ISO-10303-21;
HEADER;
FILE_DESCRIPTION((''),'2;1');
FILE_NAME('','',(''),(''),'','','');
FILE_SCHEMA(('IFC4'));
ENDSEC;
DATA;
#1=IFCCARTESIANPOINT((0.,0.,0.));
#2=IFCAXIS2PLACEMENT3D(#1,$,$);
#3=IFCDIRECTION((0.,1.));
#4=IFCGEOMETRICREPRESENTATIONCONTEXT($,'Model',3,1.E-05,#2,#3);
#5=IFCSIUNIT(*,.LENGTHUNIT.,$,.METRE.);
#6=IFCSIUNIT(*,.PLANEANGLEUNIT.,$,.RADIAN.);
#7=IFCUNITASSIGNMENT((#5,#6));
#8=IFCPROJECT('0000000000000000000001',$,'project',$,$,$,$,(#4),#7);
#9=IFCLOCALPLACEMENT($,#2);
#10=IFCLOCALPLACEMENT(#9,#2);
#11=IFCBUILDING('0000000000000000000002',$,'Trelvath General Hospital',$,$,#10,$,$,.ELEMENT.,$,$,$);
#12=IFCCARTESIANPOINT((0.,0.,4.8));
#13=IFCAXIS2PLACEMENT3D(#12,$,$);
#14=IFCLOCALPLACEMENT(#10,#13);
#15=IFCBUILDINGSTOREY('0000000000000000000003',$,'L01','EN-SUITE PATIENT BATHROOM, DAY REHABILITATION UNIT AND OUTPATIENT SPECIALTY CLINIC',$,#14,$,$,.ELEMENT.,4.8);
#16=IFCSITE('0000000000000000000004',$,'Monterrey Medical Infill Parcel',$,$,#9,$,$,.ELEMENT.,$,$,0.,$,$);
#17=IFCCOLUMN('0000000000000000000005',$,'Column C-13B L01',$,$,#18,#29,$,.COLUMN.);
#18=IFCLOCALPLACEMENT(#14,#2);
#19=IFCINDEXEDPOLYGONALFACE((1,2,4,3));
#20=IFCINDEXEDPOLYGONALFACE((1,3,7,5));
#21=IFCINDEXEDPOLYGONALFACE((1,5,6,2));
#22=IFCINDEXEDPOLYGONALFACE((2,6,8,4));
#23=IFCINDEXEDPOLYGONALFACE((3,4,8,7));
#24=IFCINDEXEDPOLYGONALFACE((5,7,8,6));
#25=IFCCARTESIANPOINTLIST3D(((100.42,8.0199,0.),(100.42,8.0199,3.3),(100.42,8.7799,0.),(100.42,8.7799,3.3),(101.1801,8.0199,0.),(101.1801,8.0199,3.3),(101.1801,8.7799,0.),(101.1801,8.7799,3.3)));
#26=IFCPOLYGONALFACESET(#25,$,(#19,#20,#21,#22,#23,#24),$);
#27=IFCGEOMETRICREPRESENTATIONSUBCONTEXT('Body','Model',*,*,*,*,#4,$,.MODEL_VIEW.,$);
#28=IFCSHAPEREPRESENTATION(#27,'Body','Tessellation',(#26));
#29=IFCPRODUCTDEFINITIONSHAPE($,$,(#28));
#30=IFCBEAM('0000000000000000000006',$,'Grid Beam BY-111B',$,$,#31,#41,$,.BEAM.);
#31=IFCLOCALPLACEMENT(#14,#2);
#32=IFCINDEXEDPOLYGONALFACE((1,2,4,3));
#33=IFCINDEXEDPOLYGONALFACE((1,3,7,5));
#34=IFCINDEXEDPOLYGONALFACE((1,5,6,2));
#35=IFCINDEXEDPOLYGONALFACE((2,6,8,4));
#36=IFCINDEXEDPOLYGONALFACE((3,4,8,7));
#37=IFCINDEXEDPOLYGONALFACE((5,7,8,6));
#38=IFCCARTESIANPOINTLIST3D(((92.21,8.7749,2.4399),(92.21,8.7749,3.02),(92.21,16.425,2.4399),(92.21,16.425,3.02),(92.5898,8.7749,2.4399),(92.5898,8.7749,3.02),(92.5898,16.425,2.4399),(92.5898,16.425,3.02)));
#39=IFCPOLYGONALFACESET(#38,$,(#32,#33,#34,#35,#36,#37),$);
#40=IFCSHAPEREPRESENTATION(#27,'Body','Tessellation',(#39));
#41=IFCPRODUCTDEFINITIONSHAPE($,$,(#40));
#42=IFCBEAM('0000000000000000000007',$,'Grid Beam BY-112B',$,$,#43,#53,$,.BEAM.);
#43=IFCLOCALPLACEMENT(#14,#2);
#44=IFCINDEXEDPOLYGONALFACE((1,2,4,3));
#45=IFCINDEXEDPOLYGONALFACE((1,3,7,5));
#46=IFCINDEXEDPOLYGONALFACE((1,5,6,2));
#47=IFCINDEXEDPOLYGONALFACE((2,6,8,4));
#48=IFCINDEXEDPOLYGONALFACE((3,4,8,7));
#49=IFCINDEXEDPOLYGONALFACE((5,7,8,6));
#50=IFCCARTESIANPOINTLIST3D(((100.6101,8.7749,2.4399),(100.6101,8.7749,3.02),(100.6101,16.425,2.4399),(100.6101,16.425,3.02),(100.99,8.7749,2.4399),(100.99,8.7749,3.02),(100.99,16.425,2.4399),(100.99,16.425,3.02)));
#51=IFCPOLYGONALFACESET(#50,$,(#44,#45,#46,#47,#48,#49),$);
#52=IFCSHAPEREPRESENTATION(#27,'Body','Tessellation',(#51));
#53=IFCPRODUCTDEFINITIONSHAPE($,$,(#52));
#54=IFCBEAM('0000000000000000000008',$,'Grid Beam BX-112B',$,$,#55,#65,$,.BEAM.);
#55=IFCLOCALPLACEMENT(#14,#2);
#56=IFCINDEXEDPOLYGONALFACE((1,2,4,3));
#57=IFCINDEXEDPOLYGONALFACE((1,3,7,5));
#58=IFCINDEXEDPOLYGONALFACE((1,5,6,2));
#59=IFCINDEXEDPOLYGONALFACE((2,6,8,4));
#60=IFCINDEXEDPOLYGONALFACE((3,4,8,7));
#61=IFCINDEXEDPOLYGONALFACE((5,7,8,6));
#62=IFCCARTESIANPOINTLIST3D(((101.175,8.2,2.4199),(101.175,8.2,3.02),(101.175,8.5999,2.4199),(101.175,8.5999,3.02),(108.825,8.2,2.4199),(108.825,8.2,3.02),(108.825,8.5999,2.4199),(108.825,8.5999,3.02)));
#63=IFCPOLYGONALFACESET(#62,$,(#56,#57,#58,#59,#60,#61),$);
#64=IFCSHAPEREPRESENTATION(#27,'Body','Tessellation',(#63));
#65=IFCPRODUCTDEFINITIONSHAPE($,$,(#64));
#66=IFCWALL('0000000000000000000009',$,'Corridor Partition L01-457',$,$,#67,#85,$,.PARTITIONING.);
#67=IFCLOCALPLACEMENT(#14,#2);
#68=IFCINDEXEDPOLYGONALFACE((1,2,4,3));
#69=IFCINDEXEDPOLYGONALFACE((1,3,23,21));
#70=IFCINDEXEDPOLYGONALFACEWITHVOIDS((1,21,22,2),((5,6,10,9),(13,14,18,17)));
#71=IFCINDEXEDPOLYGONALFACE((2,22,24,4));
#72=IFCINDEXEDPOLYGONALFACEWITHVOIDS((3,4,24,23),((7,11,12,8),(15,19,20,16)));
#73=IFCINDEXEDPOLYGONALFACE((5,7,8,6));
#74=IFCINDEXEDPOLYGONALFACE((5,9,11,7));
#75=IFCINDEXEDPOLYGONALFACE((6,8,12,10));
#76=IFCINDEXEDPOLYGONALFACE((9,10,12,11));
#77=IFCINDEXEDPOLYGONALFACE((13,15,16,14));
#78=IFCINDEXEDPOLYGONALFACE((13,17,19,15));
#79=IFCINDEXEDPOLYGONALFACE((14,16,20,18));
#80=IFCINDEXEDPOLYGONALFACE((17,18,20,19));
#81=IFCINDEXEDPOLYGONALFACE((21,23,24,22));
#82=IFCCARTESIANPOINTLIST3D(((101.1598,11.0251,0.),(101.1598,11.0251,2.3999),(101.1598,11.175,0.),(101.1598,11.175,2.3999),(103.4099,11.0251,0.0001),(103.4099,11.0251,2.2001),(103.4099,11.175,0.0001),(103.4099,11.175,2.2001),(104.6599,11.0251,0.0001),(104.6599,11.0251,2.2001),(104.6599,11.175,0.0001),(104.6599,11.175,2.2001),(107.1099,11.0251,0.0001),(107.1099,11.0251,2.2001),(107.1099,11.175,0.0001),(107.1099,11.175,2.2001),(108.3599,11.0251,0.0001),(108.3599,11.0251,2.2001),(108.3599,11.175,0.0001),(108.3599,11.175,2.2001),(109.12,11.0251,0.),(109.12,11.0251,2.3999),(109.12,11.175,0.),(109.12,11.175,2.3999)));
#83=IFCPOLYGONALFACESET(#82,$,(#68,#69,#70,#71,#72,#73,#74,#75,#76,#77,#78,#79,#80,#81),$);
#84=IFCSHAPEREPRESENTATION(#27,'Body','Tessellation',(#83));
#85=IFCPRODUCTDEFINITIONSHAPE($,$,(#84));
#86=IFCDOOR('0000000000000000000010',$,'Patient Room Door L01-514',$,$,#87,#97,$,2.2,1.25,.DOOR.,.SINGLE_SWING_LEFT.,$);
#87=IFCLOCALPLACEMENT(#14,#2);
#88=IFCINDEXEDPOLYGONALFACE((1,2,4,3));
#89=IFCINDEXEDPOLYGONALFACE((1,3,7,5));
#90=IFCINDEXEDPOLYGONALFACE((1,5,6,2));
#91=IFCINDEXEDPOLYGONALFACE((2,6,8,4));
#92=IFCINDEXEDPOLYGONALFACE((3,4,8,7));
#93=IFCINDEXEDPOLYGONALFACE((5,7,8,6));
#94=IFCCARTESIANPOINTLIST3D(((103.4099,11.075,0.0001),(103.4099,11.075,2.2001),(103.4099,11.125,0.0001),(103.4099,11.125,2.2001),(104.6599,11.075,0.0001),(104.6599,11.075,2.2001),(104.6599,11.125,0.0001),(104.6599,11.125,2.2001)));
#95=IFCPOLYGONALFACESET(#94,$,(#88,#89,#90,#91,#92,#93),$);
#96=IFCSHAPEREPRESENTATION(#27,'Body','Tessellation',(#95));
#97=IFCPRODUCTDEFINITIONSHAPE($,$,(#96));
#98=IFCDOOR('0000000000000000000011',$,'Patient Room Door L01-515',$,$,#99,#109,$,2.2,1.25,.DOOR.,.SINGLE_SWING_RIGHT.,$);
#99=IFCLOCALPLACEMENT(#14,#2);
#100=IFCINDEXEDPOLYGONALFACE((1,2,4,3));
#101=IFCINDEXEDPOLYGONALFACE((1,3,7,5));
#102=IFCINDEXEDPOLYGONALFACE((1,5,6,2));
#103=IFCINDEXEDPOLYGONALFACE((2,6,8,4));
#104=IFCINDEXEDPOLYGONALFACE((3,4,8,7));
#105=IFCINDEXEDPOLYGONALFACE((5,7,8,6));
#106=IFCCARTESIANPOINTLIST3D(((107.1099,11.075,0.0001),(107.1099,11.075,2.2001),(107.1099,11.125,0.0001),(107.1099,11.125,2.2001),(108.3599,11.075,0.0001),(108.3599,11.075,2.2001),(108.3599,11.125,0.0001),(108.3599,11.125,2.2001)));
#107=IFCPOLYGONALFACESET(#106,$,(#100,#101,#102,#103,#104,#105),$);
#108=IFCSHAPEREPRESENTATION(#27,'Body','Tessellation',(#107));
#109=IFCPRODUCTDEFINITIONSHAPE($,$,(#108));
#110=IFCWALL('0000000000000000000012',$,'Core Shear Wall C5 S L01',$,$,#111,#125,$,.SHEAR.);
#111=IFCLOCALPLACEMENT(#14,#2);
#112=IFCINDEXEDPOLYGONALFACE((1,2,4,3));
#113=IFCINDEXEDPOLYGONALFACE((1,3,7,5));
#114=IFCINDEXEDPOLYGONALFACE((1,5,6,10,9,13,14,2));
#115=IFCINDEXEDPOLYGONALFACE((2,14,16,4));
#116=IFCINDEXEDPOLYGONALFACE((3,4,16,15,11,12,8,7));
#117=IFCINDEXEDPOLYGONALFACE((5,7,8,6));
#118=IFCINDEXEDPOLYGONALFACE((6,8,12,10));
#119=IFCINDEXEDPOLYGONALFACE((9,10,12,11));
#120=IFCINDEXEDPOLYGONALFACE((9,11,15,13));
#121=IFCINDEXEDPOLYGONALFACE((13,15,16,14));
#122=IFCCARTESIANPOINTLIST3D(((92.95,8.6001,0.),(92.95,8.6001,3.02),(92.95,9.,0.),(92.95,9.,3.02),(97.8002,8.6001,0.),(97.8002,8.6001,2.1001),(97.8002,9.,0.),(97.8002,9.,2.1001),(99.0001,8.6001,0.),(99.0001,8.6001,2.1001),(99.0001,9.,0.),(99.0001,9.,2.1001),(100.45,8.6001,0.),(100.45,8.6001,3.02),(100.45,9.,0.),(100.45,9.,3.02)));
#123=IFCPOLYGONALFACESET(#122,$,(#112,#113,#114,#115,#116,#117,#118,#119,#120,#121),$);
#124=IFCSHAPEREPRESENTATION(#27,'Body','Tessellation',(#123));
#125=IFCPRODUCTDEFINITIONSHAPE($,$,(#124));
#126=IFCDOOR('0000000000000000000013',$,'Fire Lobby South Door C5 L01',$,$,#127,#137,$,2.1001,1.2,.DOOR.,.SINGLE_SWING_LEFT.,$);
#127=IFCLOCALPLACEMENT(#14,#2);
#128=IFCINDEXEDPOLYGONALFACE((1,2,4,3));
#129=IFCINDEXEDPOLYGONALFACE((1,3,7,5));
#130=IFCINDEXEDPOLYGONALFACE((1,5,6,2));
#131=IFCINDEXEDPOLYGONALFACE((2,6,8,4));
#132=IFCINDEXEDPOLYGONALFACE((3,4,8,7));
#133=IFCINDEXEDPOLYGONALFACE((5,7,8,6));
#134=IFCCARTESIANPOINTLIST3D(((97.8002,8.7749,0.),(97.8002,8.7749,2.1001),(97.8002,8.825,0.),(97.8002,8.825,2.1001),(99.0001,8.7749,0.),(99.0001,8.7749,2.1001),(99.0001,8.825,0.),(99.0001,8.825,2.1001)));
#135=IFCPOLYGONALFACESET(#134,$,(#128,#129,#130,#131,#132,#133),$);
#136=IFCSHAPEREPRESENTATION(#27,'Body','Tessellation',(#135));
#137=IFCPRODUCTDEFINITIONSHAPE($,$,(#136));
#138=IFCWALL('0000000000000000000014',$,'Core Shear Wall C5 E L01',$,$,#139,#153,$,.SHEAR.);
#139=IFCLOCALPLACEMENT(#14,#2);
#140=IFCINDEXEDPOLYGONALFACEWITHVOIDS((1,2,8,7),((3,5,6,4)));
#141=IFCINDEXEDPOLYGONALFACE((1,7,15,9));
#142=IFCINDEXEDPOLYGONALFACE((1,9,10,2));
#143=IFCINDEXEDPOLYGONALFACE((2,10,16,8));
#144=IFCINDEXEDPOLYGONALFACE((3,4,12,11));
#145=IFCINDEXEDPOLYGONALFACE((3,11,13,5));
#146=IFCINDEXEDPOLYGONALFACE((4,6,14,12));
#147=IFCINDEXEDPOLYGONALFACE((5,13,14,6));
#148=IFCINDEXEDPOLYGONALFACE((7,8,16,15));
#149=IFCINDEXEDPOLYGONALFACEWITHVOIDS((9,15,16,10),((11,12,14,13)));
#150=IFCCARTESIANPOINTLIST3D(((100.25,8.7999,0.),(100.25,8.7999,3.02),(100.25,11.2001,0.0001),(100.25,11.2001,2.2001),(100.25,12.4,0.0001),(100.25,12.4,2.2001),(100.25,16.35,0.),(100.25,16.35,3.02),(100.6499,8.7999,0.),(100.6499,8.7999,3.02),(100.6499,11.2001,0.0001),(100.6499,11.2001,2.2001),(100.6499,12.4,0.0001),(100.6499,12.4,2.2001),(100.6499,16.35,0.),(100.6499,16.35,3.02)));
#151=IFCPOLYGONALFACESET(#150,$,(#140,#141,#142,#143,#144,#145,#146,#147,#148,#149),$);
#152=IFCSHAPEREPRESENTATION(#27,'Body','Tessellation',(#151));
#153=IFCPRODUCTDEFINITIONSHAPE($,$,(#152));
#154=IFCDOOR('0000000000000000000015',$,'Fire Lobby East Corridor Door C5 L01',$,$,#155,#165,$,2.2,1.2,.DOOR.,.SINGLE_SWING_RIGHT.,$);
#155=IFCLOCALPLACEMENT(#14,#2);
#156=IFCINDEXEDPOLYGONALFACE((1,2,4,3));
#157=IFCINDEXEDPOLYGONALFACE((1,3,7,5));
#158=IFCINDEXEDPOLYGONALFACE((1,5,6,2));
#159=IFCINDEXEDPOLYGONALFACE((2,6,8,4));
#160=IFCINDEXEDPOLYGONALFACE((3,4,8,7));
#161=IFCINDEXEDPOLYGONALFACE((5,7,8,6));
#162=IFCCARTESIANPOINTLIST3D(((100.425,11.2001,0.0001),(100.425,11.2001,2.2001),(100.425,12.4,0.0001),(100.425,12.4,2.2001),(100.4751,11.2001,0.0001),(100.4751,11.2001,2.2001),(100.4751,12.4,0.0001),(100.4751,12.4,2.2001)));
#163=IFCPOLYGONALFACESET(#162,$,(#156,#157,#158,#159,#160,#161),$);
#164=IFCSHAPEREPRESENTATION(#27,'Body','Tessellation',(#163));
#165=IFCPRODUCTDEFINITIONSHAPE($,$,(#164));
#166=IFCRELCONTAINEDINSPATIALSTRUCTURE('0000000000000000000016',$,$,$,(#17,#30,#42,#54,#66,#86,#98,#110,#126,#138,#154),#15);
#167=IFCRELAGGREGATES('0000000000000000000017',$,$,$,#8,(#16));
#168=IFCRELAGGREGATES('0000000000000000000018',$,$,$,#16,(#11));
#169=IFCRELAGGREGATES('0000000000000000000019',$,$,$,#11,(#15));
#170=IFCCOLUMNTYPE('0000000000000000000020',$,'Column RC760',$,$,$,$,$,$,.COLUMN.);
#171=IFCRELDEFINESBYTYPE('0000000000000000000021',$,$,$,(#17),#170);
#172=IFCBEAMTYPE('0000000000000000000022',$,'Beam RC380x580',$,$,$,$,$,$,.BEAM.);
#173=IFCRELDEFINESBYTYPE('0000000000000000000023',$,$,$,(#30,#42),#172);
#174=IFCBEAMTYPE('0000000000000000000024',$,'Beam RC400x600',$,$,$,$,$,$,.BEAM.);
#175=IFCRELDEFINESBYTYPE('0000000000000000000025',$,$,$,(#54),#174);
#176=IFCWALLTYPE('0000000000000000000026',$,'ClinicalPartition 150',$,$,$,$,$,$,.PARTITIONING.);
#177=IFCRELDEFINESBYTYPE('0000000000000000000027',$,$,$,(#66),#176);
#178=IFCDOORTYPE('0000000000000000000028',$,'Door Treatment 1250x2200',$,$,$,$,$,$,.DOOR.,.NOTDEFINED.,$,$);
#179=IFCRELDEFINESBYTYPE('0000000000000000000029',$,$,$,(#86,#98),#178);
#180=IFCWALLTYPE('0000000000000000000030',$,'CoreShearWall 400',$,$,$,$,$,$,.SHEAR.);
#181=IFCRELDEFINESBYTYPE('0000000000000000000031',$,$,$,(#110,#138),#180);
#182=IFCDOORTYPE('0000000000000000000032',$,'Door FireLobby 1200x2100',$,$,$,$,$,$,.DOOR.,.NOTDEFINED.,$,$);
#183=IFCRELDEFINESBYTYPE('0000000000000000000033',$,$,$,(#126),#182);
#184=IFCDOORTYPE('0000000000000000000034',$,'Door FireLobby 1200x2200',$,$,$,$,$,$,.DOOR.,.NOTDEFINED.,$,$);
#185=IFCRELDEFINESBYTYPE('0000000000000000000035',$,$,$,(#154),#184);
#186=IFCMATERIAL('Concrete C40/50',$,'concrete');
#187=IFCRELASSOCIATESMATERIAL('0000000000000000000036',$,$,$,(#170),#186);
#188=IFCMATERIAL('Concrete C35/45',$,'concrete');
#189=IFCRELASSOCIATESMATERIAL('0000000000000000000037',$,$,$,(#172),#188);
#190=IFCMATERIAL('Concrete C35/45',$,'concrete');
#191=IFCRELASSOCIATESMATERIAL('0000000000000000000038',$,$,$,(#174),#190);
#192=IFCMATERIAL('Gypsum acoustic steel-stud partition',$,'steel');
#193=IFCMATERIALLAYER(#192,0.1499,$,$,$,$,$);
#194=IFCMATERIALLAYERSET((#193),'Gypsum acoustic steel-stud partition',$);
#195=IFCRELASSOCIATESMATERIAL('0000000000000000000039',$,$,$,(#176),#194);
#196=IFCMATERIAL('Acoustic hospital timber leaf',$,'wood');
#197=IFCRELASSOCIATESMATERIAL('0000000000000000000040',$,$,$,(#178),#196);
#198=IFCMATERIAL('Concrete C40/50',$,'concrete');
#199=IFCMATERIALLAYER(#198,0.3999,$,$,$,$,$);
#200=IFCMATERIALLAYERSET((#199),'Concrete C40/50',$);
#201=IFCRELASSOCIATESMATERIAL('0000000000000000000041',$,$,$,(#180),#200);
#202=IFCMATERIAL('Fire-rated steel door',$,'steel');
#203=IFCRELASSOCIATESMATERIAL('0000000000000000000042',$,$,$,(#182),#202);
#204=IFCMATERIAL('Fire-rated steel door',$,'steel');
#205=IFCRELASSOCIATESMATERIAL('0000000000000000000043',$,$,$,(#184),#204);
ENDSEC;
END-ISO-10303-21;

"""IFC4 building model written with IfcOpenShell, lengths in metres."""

from ifc_helpers import new_model, si_unit, direction, frame, frame_2d, origin, origin_2d, place, context, subcontext, project, spatial, rectangle, extrude, material, layer, layer_set, material_profile, profile_set, type_object, element, fill, save


model = new_model("IFC4")

# Units and contexts
model_context = context("Model", 3, precision=1e-05, world=origin(), true_north=direction((0.0, 1.0)))
body_context = subcontext(model_context, "Body", "Model", "MODEL_VIEW")
ifc_project = project(units=[si_unit("LENGTHUNIT", "METRE"), si_unit("PLANEANGLEUNIT", "RADIAN")], contexts=[model_context])

# Site, building, storey
site_placement = place(None, origin())
site = spatial("IfcSite", under=ifc_project, at=site_placement, Name="Monterrey Medical Infill Parcel", CompositionType="ELEMENT", RefElevation=0.0)
building_placement = place(site_placement, origin())
building = spatial("IfcBuilding", under=site, at=building_placement, Name="Trelvath General Hospital", CompositionType="ELEMENT")
storey_placement = place(building_placement, frame((0.0, 0.0, 4.8)))
storey = spatial("IfcBuildingStorey", under=building, at=storey_placement, Name="L01", Description="EN-SUITE PATIENT BATHROOM, DAY REHABILITATION UNIT AND OUTPATIENT SPECIALTY CLINIC", CompositionType="ELEMENT", Elevation=4.8)

# Column
ifc_material_1 = material(Name="Concrete C40/50", Category="concrete")
ifc_material_profile_1 = material_profile(ifc_material_1, rectangle(XDim=0.76, YDim=0.76, at=origin_2d()), Name="RC760x760")
ifc_profile_set_1 = profile_set([ifc_material_profile_1], Name="Concrete C40/50")
column_type = type_object("IfcColumnType", Name="Column RC760", PredefinedType="COLUMN", material=ifc_profile_set_1)
column_placement = place(storey_placement, frame((100.8, 8.3999, 0.0), z_axis=(0.0, 0.0, 1.0), x_axis=(1.0, 0.0, 0.0)))
element("IfcColumn", 1, at=column_placement, inside=storey, type_object=column_type, Name="Column C-13B L01", PredefinedType="COLUMN", context=body_context, shape_type="SweptSolid", body=[
    extrude(rectangle(XDim=0.76, YDim=0.76, at=origin_2d()), origin(), (0.0, 0.0, 1.0), 3.3),
])

# Beams
ifc_material_2 = material(Name="Concrete C35/45", Category="concrete")
ifc_material_profile_2 = material_profile(ifc_material_2, rectangle(XDim=0.3799, YDim=0.5801, at=origin_2d()), Name="RCB380x580")
ifc_profile_set_2 = profile_set([ifc_material_profile_2], Name="Concrete C35/45")
beam_type_1 = type_object("IfcBeamType", Name="Beam RC380x580", PredefinedType="BEAM", material=ifc_profile_set_2)
for number, where, z_axis, x_axis, name in (
    (2, (92.3999, 8.7749, 2.73), (0.0, 1.0, 0.0), (-1.0, 0.0, 0.0), "Grid Beam BY-111B"),
    (3, (100.8, 8.7749, 2.73), (0.0, 1.0, 0.0), (-1.0, 0.0, 0.0), "Grid Beam BY-112B"),
):
    element("IfcBeam", number, at=place(storey_placement, frame(where, z_axis=z_axis, x_axis=x_axis)), inside=storey, type_object=beam_type_1, Name=name, PredefinedType="BEAM", context=body_context, shape_type="SweptSolid", body=[
        extrude(rectangle(XDim=0.3799, YDim=0.5801, at=origin_2d()), origin(), (0.0, 0.0, 1.0), 7.6501),
    ])
ifc_material_3 = material(Name="Concrete C35/45", Category="concrete")
ifc_material_profile_3 = material_profile(ifc_material_3, rectangle(XDim=0.3999, YDim=0.6001, at=origin_2d()), Name="RCB400x600")
ifc_profile_set_3 = profile_set([ifc_material_profile_3], Name="Concrete C35/45")
beam_type_2 = type_object("IfcBeamType", Name="Beam RC400x600", PredefinedType="BEAM", material=ifc_profile_set_3)
beam_placement = place(storey_placement, frame((101.175, 8.3999, 2.72), z_axis=(1.0, 0.0, 0.0), x_axis=(0.0, 1.0, 0.0)))
element("IfcBeam", 4, at=beam_placement, inside=storey, type_object=beam_type_2, Name="Grid Beam BX-112B", PredefinedType="BEAM", context=body_context, shape_type="SweptSolid", body=[
    extrude(rectangle(XDim=0.3999, YDim=0.6001, at=origin_2d()), origin(), (0.0, 0.0, 1.0), 7.6499),
])

# Wall, openings, doors
ifc_material_4 = material(Name="Gypsum acoustic steel-stud partition", Category="steel")
ifc_layer_1 = layer(ifc_material_4, 0.1499)
ifc_layer_set_1 = layer_set([ifc_layer_1], Name="Gypsum acoustic steel-stud partition")
wall_type_1 = type_object("IfcWallType", Name="ClinicalPartition 150", PredefinedType="PARTITIONING", material=ifc_layer_set_1)
wall_1_placement = place(storey_placement, frame((101.1599, 11.1001, 0.0), z_axis=(0.0, 0.0, 1.0), x_axis=(1.0, 0.0, 0.0)))
wall_1 = element("IfcWall", 5, at=wall_1_placement, inside=storey, type_object=wall_type_1, Name="Corridor Partition L01-457", PredefinedType="PARTITIONING", context=body_context, shape_type="SweptSolid", body=[
    extrude(rectangle(XDim=7.9602, YDim=0.1499, at=frame_2d((3.98, 0.0))), origin(), (0.0, 0.0, 1.0), 2.3999),
])
opening_1_placement = place(wall_1_placement, frame((2.25, 0.0, 0.0)))
opening_1 = element("IfcOpeningElement", 6, at=opening_1_placement, cuts=wall_1, PredefinedType="OPENING", context=body_context, shape_type="SweptSolid", body=[
    extrude(rectangle(XDim=1.25, YDim=2.2, at=frame_2d((0.625, 1.1001))), frame((0.0, 0.085, 0.0), z_axis=(0.0, -1.0, 0.0), x_axis=(1.0, 0.0, 0.0)), (0.0, 0.0, 1.0), 0.1699),
])
opening_2_placement = place(wall_1_placement, frame((5.95, 0.0, 0.0)))
opening_2 = element("IfcOpeningElement", 7, at=opening_2_placement, cuts=wall_1, PredefinedType="OPENING", context=body_context, shape_type="SweptSolid", body=[
    extrude(rectangle(XDim=1.25, YDim=2.2, at=frame_2d((0.625, 1.1001))), frame((0.0, 0.085, 0.0), z_axis=(0.0, -1.0, 0.0), x_axis=(1.0, 0.0, 0.0)), (0.0, 0.0, 1.0), 0.1699),
])
ifc_material_5 = material(Name="Acoustic hospital timber leaf", Category="wood")
door_type_1 = type_object("IfcDoorType", Name="Door Treatment 1250x2200", OperationType="NOTDEFINED", PredefinedType="DOOR", material=ifc_material_5)
door_1_placement = place(opening_1_placement, origin())
door_1 = element("IfcDoor", 8, at=door_1_placement, inside=storey, type_object=door_type_1, Name="Patient Room Door L01-514", OperationType="SINGLE_SWING_LEFT", OverallHeight=2.2, OverallWidth=1.25, PredefinedType="DOOR", context=body_context, shape_type="SweptSolid", body=[
    extrude(rectangle(XDim=1.25, YDim=2.2, at=frame_2d((0.625, 1.1001))), frame((0.0, 0.0249, 0.0), z_axis=(0.0, -1.0, 0.0), x_axis=(1.0, 0.0, 0.0)), (0.0, 0.0, 1.0), 0.05),
])
fill(opening_1, door_1)
door_2_placement = place(opening_2_placement, origin())
door_2 = element("IfcDoor", 9, at=door_2_placement, inside=storey, type_object=door_type_1, Name="Patient Room Door L01-515", OperationType="SINGLE_SWING_RIGHT", OverallHeight=2.2, OverallWidth=1.25, PredefinedType="DOOR", context=body_context, shape_type="SweptSolid", body=[
    extrude(rectangle(XDim=1.25, YDim=2.2, at=frame_2d((0.625, 1.1001))), frame((0.0, 0.0249, 0.0), z_axis=(0.0, -1.0, 0.0), x_axis=(1.0, 0.0, 0.0)), (0.0, 0.0, 1.0), 0.05),
])
fill(opening_2, door_2)

# Walls, openings, doors
ifc_material_6 = material(Name="Concrete C40/50", Category="concrete")
ifc_layer_2 = layer(ifc_material_6, 0.3999)
ifc_layer_set_2 = layer_set([ifc_layer_2], Name="Concrete C40/50")
wall_type_2 = type_object("IfcWallType", Name="CoreShearWall 400", PredefinedType="SHEAR", material=ifc_layer_set_2)
wall_2_placement = place(storey_placement, frame((92.95, 8.8, 0.0), z_axis=(0.0, 0.0, 1.0), x_axis=(1.0, 0.0, 0.0)))
wall_2 = element("IfcWall", 10, at=wall_2_placement, inside=storey, type_object=wall_type_2, Name="Core Shear Wall C5 S L01", PredefinedType="SHEAR", context=body_context, shape_type="SweptSolid", body=[
    extrude(rectangle(XDim=7.5, YDim=0.3999, at=frame_2d((3.75, 0.0))), origin(), (0.0, 0.0, 1.0), 3.02),
])
opening_3_placement = place(wall_2_placement, frame((4.8501, 0.0, 0.0)))
opening_3 = element("IfcOpeningElement", 11, at=opening_3_placement, cuts=wall_2, PredefinedType="OPENING", context=body_context, shape_type="SweptSolid", body=[
    extrude(rectangle(XDim=1.2, YDim=2.1001, at=frame_2d((0.6001, 1.05))), frame((0.0, 0.21, 0.0), z_axis=(0.0, -1.0, 0.0), x_axis=(1.0, 0.0, 0.0)), (0.0, 0.0, 1.0), 0.4199),
])
ifc_material_7 = material(Name="Fire-rated steel door", Category="steel")
door_type_2 = type_object("IfcDoorType", Name="Door FireLobby 1200x2100", OperationType="NOTDEFINED", PredefinedType="DOOR", material=ifc_material_7)
door_3_placement = place(opening_3_placement, origin())
door_3 = element("IfcDoor", 12, at=door_3_placement, inside=storey, type_object=door_type_2, Name="Fire Lobby South Door C5 L01", OperationType="SINGLE_SWING_LEFT", OverallHeight=2.1001, OverallWidth=1.2, PredefinedType="DOOR", context=body_context, shape_type="SweptSolid", body=[
    extrude(rectangle(XDim=1.2, YDim=2.1001, at=frame_2d((0.6001, 1.05))), frame((0.0, 0.0249, 0.0), z_axis=(0.0, -1.0, 0.0), x_axis=(1.0, 0.0, 0.0)), (0.0, 0.0, 1.0), 0.05),
])
fill(opening_3, door_3)
wall_3_placement = place(storey_placement, frame((100.45, 8.8, 0.0), z_axis=(0.0, 0.0, 1.0), x_axis=(0.0, 1.0, 0.0)))
wall_3 = element("IfcWall", 13, at=wall_3_placement, inside=storey, type_object=wall_type_2, Name="Core Shear Wall C5 E L01", PredefinedType="SHEAR", context=body_context, shape_type="SweptSolid", body=[
    extrude(rectangle(XDim=7.55, YDim=0.3999, at=frame_2d((3.7749, 0.0))), origin(), (0.0, 0.0, 1.0), 3.02),
])
opening_4_placement = place(wall_3_placement, frame((2.3999, 0.0, 0.0)))
opening_4 = element("IfcOpeningElement", 14, at=opening_4_placement, cuts=wall_3, PredefinedType="OPENING", context=body_context, shape_type="SweptSolid", body=[
    extrude(rectangle(XDim=1.2, YDim=2.2, at=frame_2d((0.6001, 1.1001))), frame((0.0, 0.21, 0.0), z_axis=(0.0, -1.0, 0.0), x_axis=(1.0, 0.0, 0.0)), (0.0, 0.0, 1.0), 0.4199),
])
ifc_material_8 = material(Name="Fire-rated steel door", Category="steel")
door_type_3 = type_object("IfcDoorType", Name="Door FireLobby 1200x2200", OperationType="NOTDEFINED", PredefinedType="DOOR", material=ifc_material_8)
door_4_placement = place(opening_4_placement, origin())
door_4 = element("IfcDoor", 15, at=door_4_placement, inside=storey, type_object=door_type_3, Name="Fire Lobby East Corridor Door C5 L01", OperationType="SINGLE_SWING_RIGHT", OverallHeight=2.2, OverallWidth=1.2, PredefinedType="DOOR", context=body_context, shape_type="SweptSolid", body=[
    extrude(rectangle(XDim=1.2, YDim=2.2, at=frame_2d((0.6001, 1.1001))), frame((0.0, 0.0249, 0.0), z_axis=(0.0, -1.0, 0.0), x_axis=(1.0, 0.0, 0.0)), (0.0, 0.0, 1.0), 0.05),
])
fill(opening_4, door_4)

save(model, "model.ifc")
